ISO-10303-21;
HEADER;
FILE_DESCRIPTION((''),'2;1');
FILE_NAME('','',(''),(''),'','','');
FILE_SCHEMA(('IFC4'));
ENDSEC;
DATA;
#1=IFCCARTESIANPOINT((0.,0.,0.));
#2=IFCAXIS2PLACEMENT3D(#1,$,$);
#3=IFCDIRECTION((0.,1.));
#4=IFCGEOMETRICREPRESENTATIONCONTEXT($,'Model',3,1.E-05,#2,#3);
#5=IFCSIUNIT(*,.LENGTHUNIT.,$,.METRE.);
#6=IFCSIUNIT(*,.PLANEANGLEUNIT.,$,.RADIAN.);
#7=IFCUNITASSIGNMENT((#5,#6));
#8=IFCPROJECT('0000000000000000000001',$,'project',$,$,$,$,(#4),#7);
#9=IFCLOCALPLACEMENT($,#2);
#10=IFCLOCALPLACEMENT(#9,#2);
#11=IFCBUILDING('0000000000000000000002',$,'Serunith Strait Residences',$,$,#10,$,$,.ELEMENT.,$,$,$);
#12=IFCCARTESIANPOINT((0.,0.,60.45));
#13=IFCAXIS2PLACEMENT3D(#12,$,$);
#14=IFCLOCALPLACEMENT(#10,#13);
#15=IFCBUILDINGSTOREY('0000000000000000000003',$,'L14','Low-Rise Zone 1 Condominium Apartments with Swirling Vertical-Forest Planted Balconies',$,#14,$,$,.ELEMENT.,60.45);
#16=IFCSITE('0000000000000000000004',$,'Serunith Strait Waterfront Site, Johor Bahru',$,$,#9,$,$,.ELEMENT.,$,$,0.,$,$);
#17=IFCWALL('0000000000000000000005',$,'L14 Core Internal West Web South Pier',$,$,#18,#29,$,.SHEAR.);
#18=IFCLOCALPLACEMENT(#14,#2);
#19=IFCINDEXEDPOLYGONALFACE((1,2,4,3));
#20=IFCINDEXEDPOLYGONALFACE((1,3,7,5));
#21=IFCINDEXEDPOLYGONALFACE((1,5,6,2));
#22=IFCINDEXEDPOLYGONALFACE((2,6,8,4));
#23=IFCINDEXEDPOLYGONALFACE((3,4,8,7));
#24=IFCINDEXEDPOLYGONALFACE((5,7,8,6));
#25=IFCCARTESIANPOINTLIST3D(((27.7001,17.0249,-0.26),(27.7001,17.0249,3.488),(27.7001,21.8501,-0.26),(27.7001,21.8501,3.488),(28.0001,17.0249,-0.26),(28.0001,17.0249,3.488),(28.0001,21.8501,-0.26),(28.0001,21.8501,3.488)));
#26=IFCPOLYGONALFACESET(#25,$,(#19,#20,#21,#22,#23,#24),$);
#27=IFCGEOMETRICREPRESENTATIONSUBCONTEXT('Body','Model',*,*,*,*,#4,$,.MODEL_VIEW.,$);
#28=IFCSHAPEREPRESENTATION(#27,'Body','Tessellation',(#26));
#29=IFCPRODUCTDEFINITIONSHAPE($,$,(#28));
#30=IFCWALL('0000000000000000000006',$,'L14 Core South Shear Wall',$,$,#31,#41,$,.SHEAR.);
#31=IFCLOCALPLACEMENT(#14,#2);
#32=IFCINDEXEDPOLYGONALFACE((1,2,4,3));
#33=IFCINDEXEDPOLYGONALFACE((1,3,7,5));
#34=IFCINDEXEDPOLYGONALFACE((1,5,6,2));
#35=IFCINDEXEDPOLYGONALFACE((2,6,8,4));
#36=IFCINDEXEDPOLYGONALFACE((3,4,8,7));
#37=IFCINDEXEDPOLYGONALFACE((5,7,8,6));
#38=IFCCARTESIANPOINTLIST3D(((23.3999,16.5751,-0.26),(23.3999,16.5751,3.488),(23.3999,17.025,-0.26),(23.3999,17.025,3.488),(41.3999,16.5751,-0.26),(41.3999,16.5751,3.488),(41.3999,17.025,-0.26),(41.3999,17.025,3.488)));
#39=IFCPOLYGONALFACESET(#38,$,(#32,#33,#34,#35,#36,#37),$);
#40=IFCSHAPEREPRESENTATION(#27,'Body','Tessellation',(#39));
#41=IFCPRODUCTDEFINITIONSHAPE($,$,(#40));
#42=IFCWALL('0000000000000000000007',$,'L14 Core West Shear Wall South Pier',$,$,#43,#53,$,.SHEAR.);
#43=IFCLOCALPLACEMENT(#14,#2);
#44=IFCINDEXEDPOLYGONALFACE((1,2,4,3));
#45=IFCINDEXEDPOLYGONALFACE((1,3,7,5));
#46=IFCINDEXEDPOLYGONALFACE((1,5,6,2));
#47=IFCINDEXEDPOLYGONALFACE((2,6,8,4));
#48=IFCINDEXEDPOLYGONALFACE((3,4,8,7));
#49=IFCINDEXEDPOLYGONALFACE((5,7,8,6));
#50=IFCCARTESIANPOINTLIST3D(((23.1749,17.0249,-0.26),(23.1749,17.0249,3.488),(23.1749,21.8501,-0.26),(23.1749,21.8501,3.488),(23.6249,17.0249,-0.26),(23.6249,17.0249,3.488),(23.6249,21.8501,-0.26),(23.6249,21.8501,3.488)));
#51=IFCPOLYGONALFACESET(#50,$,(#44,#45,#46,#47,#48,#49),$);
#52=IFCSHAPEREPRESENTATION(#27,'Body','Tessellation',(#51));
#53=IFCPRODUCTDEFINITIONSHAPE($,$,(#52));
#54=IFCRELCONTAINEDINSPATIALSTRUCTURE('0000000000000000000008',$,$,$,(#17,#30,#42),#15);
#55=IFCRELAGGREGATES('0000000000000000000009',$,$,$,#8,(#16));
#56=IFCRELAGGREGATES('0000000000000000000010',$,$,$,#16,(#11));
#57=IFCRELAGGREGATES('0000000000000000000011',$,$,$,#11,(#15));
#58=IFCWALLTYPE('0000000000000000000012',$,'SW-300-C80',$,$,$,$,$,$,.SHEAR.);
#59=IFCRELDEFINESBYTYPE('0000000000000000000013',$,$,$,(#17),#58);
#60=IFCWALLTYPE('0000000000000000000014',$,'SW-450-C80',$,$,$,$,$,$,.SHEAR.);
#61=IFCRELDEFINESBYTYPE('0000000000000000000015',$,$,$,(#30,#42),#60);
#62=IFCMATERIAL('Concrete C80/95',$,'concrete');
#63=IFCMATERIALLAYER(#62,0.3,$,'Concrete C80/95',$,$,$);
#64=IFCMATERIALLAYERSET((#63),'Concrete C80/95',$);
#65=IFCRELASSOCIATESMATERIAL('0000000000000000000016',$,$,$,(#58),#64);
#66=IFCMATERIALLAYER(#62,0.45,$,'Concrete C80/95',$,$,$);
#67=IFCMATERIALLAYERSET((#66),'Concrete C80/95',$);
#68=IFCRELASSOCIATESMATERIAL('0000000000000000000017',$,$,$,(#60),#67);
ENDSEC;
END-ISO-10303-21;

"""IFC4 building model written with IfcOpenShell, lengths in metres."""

from ifc_helpers import new_model, si_unit, direction, frame, frame_2d, origin, place, context, subcontext, project, spatial, rectangle, extrude, material, layer, layer_set, type_object, element, save


model = new_model("IFC4")

# Units and contexts
model_context = context("Model", 3, precision=1e-05, world=origin(), true_north=direction((0.0, 1.0)))
body_context = subcontext(model_context, "Body", "Model", "MODEL_VIEW")
ifc_project = project(units=[si_unit("LENGTHUNIT", "METRE"), si_unit("PLANEANGLEUNIT", "RADIAN")], contexts=[model_context])

# Site, building, storey
site_placement = place(None, origin())
site = spatial("IfcSite", under=ifc_project, at=site_placement, Name="Serunith Strait Waterfront Site, Johor Bahru", CompositionType="ELEMENT", RefElevation=0.0)
building_placement = place(site_placement, origin())
building = spatial("IfcBuilding", under=site, at=building_placement, Name="Serunith Strait Residences", CompositionType="ELEMENT")
storey_placement = place(building_placement, frame((0.0, 0.0, 60.45)))
storey = spatial("IfcBuildingStorey", under=building, at=storey_placement, Name="L14", Description="Low-Rise Zone 1 Condominium Apartments with Swirling Vertical-Forest Planted Balconies", CompositionType="ELEMENT", Elevation=60.45)

# Walls
ifc_material_1 = material(Name="Concrete C80/95", Category="concrete")
ifc_layer_1 = layer(ifc_material_1, 0.3, Name="Concrete C80/95")
ifc_layer_set_1 = layer_set([ifc_layer_1], Name="Concrete C80/95")
wall_type_1 = type_object("IfcWallType", Name="SW-300-C80", PredefinedType="SHEAR", material=ifc_layer_set_1)
wall_1_placement = place(storey_placement, frame((27.8501, 17.0249, -0.26), z_axis=(0.0, 0.0, 1.0), x_axis=(0.0, 1.0, 0.0)))
element("IfcWall", 1, at=wall_1_placement, inside=storey, type_object=wall_type_1, Name="L14 Core Internal West Web South Pier", PredefinedType="SHEAR", context=body_context, shape_type="SweptSolid", body=[
    extrude(rectangle(XDim=4.8252, YDim=0.3, at=frame_2d((2.4126, 0.0))), origin(), (0.0, 0.0, 1.0), 3.748),
])
ifc_layer_2 = layer(ifc_material_1, 0.45, Name="Concrete C80/95")
ifc_layer_set_2 = layer_set([ifc_layer_2], Name="Concrete C80/95")
wall_type_2 = type_object("IfcWallType", Name="SW-450-C80", PredefinedType="SHEAR", material=ifc_layer_set_2)
wall_2_placement = place(storey_placement, frame((23.3999, 16.8, -0.26), z_axis=(0.0, 0.0, 1.0), x_axis=(1.0, 0.0, 0.0)))
element("IfcWall", 2, at=wall_2_placement, inside=storey, type_object=wall_type_2, Name="L14 Core South Shear Wall", PredefinedType="SHEAR", context=body_context, shape_type="SweptSolid", body=[
    extrude(rectangle(XDim=18.0, YDim=0.45, at=frame_2d((9.0, 0.0))), origin(), (0.0, 0.0, 1.0), 3.748),
])
wall_3_placement = place(storey_placement, frame((23.3999, 17.0249, -0.26), z_axis=(0.0, 0.0, 1.0), x_axis=(0.0, 1.0, 0.0)))
element("IfcWall", 3, at=wall_3_placement, inside=storey, type_object=wall_type_2, Name="L14 Core West Shear Wall South Pier", PredefinedType="SHEAR", context=body_context, shape_type="SweptSolid", body=[
    extrude(rectangle(XDim=4.8252, YDim=0.45, at=frame_2d((2.4126, 0.0))), origin(), (0.0, 0.0, 1.0), 3.748),
])

save(model, "model.ifc")
